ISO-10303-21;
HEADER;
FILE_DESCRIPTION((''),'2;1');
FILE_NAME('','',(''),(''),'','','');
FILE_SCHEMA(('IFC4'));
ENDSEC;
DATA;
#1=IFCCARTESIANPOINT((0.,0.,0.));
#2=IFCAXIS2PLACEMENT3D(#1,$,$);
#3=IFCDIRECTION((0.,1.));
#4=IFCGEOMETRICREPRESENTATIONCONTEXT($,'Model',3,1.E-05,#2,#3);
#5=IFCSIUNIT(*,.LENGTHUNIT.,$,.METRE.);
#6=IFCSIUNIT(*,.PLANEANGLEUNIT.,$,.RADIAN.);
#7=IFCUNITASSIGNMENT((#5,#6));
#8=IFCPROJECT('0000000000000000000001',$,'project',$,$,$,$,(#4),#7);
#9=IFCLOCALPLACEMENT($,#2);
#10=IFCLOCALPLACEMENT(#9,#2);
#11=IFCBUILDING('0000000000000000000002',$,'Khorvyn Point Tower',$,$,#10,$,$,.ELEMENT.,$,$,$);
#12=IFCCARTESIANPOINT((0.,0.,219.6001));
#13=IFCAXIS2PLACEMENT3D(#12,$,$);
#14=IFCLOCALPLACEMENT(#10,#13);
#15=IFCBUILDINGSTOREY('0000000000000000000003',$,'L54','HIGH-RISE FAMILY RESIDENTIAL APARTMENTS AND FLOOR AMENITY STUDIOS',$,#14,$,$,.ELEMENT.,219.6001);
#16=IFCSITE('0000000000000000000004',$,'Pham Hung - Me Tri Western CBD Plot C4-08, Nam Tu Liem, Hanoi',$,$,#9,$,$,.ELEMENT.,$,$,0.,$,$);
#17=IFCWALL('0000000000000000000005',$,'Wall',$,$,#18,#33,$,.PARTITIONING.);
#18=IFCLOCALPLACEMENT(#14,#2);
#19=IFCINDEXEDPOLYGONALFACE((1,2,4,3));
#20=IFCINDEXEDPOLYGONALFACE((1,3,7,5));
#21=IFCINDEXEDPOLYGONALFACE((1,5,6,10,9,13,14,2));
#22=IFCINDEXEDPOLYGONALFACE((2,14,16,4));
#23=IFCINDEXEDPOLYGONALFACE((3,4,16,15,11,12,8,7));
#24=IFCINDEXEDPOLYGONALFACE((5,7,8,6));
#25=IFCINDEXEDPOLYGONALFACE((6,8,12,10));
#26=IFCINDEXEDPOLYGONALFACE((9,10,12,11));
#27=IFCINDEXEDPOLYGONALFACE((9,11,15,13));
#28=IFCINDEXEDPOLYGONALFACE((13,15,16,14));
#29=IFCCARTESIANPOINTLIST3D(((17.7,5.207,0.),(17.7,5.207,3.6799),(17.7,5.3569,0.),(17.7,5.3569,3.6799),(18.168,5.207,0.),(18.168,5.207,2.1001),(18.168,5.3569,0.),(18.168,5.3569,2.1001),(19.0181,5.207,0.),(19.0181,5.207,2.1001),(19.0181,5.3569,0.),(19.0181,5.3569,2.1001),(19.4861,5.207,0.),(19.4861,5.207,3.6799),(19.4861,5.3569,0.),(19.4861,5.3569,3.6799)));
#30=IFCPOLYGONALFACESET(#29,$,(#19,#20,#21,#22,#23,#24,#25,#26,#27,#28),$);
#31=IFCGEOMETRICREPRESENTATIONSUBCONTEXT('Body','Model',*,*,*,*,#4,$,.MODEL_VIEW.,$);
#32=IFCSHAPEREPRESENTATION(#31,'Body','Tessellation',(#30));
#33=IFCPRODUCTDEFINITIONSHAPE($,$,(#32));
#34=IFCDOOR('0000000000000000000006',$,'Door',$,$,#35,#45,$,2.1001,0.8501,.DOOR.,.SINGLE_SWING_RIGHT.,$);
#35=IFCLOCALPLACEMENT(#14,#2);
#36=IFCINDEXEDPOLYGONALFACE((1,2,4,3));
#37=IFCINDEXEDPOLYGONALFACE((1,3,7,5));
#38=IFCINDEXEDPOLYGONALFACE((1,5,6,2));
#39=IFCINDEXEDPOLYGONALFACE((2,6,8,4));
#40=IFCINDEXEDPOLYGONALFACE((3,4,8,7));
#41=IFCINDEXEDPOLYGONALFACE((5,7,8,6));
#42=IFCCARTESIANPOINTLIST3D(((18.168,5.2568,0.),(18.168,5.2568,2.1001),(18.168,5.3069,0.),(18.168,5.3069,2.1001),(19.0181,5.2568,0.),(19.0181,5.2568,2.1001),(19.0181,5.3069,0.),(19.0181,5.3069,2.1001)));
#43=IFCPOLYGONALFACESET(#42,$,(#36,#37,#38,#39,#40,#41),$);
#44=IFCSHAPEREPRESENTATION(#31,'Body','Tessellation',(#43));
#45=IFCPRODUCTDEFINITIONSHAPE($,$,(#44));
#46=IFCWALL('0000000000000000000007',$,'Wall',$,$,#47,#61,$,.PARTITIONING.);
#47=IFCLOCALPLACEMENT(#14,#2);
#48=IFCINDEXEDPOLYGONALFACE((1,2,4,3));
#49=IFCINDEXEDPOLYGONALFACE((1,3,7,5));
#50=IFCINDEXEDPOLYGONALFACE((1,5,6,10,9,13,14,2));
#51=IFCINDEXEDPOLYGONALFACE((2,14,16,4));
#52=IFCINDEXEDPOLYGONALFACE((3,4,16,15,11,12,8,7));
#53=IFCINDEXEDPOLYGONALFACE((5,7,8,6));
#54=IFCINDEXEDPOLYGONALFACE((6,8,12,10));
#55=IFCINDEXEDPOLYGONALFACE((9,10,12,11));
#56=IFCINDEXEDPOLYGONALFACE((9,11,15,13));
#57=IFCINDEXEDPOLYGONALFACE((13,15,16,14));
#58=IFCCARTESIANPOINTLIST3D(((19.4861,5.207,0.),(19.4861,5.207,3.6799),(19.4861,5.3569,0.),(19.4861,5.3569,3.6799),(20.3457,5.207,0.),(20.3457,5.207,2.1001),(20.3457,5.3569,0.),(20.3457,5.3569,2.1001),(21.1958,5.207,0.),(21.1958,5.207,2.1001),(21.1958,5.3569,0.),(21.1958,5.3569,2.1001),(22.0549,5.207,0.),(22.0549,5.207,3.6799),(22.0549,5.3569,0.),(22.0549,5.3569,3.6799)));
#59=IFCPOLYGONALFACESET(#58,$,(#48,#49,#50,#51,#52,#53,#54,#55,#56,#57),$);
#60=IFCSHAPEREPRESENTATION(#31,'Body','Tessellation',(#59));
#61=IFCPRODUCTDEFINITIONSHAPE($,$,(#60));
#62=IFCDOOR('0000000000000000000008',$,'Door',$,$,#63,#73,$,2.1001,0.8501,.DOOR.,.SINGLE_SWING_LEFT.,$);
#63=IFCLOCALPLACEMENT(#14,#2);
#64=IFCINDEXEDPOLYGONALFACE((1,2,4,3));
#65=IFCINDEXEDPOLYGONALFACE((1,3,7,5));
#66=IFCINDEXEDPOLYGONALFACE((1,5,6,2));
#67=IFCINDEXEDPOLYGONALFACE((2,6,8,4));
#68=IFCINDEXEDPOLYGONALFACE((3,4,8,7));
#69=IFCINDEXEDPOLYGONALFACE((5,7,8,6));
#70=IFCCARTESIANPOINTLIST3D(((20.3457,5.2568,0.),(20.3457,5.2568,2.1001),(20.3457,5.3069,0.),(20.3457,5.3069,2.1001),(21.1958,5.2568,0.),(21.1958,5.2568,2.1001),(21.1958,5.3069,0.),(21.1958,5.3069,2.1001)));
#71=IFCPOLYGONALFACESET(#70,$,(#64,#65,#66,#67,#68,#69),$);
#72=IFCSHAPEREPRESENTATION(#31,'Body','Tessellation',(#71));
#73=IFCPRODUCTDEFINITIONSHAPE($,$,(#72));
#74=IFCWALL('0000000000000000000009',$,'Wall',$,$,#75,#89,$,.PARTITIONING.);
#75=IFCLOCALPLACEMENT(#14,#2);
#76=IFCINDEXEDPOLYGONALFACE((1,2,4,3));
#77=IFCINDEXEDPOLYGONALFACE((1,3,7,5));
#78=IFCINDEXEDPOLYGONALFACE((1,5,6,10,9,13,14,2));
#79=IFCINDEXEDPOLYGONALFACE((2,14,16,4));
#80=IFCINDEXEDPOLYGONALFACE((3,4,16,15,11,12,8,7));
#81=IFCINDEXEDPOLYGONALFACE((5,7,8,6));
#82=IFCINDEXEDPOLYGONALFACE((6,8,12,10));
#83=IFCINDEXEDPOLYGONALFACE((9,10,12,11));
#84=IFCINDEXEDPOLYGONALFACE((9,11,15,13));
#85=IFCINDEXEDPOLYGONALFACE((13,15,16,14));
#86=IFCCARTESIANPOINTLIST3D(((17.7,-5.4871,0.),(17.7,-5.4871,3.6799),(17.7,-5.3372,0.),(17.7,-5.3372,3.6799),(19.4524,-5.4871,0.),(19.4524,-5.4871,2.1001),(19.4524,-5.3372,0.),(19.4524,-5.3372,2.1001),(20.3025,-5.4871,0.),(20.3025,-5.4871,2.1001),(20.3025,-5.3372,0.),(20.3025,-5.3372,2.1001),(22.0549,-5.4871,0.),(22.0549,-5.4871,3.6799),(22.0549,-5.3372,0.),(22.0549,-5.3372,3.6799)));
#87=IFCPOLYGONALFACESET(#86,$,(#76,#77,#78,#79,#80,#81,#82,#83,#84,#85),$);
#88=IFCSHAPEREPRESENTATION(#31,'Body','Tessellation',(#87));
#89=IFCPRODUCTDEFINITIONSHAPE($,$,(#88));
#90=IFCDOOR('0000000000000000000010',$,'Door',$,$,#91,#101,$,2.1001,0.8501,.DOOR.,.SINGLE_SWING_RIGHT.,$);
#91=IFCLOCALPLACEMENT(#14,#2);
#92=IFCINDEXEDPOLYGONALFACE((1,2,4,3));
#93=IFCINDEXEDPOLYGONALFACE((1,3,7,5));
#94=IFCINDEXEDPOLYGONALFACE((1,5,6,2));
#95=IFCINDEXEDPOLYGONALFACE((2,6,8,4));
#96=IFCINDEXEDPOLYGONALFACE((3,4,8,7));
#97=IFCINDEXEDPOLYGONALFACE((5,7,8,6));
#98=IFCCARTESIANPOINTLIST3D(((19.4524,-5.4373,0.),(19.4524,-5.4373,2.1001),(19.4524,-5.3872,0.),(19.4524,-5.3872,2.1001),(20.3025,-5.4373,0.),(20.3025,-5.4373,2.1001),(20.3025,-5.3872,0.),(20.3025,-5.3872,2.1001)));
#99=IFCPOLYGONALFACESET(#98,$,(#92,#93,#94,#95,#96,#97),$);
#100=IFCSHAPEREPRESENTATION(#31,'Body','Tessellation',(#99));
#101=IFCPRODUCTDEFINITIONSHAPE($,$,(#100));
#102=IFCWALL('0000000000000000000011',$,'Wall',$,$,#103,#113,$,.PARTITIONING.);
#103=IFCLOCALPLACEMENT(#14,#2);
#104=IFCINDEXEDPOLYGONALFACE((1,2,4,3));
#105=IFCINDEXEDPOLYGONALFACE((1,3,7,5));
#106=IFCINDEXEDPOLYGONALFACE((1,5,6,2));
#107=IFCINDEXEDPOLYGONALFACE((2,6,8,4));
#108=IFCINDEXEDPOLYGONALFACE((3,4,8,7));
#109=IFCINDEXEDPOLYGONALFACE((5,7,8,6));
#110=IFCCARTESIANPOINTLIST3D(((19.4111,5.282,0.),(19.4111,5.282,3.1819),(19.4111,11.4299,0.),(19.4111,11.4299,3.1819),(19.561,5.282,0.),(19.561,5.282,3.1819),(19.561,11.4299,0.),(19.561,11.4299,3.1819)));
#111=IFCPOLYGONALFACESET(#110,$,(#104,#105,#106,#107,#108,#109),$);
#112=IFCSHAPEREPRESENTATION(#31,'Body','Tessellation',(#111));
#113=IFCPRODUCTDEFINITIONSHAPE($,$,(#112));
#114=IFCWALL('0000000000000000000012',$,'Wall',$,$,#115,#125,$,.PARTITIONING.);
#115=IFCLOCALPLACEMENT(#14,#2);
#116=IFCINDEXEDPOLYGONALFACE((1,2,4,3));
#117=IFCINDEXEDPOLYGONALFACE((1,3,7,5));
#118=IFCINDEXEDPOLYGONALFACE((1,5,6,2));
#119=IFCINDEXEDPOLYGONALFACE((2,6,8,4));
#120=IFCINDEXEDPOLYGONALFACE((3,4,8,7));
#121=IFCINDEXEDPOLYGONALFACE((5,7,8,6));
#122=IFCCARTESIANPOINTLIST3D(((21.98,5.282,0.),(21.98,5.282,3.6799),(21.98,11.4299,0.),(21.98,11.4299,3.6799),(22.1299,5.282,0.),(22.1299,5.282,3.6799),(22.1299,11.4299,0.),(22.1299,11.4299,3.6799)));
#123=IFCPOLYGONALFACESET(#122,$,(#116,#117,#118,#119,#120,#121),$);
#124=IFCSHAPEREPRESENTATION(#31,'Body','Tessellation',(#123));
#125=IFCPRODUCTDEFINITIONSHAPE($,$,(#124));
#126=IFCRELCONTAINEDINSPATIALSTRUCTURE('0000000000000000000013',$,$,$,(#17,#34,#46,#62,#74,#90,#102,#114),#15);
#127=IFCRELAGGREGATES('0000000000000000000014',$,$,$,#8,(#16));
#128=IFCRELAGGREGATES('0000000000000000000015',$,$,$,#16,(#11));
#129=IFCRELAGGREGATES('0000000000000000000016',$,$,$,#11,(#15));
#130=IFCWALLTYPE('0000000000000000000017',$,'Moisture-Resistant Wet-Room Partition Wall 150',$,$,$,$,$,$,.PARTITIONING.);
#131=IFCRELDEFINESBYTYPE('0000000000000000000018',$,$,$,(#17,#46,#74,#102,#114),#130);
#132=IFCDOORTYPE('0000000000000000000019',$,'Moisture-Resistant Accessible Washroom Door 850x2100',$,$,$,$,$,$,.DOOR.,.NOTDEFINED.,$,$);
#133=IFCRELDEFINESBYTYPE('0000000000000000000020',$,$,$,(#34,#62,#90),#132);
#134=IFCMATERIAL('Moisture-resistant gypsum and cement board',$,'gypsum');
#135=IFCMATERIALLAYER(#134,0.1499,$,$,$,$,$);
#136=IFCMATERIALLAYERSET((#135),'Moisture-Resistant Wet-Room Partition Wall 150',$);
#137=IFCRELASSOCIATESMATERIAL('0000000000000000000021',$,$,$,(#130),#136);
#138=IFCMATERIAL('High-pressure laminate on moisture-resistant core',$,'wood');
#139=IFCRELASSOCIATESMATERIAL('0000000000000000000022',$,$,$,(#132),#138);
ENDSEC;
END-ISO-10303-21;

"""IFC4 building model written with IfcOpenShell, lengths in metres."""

from ifc_helpers import new_model, si_unit, direction, frame, frame_2d, origin, place, context, subcontext, project, spatial, rectangle, extrude, material, layer, layer_set, type_object, element, fill, save


model = new_model("IFC4")

# Units and contexts
model_context = context("Model", 3, precision=1e-05, world=origin(), true_north=direction((0.0, 1.0)))
body_context = subcontext(model_context, "Body", "Model", "MODEL_VIEW")
ifc_project = project(units=[si_unit("LENGTHUNIT", "METRE"), si_unit("PLANEANGLEUNIT", "RADIAN")], contexts=[model_context])

# Site, building, storey
site_placement = place(None, origin())
site = spatial("IfcSite", under=ifc_project, at=site_placement, Name="Pham Hung - Me Tri Western CBD Plot C4-08, Nam Tu Liem, Hanoi", CompositionType="ELEMENT", RefElevation=0.0)
building_placement = place(site_placement, origin())
building = spatial("IfcBuilding", under=site, at=building_placement, Name="Khorvyn Point Tower", CompositionType="ELEMENT")
storey_placement = place(building_placement, frame((0.0, 0.0, 219.6001)))
storey = spatial("IfcBuildingStorey", under=building, at=storey_placement, Name="L54", Description="HIGH-RISE FAMILY RESIDENTIAL APARTMENTS AND FLOOR AMENITY STUDIOS", CompositionType="ELEMENT", Elevation=219.6001)

# Walls, openings, doors
ifc_material_1 = material(Name="Moisture-resistant gypsum and cement board", Category="gypsum")
ifc_layer_1 = layer(ifc_material_1, 0.1499)
ifc_layer_set_1 = layer_set([ifc_layer_1], Name="Moisture-Resistant Wet-Room Partition Wall 150")
wall_type_1 = type_object("IfcWallType", Name="Moisture-Resistant Wet-Room Partition Wall 150", PredefinedType="PARTITIONING", material=ifc_layer_set_1)
wall_1_placement = place(storey_placement, frame((17.7, 5.282, 0.0), z_axis=(0.0, 0.0, 1.0), x_axis=(1.0, 0.0, 0.0)))
wall_1 = element("IfcWall", 1, at=wall_1_placement, inside=storey, type_object=wall_type_1, Name="Wall", PredefinedType="PARTITIONING", context=body_context, shape_type="SweptSolid", body=[
    extrude(rectangle(XDim=1.7861, YDim=0.1499, at=frame_2d((0.8931, 0.0))), origin(), (0.0, 0.0, 1.0), 3.6799),
])
opening_1_placement = place(wall_1_placement, frame((0.468, 0.0, 0.0)))
opening_1 = element("IfcOpeningElement", 2, at=opening_1_placement, cuts=wall_1, PredefinedType="OPENING", context=body_context, shape_type="SweptSolid", body=[
    extrude(rectangle(XDim=0.8501, YDim=2.1001, at=frame_2d((0.425, 1.05))), frame((0.0, 0.085, 0.0), z_axis=(0.0, -1.0, 0.0), x_axis=(1.0, 0.0, 0.0)), (0.0, 0.0, 1.0), 0.1699),
])
ifc_material_2 = material(Name="High-pressure laminate on moisture-resistant core", Category="wood")
door_type_1 = type_object("IfcDoorType", Name="Moisture-Resistant Accessible Washroom Door 850x2100", OperationType="NOTDEFINED", PredefinedType="DOOR", material=ifc_material_2)
door_1_placement = place(opening_1_placement, origin())
door_1 = element("IfcDoor", 3, at=door_1_placement, inside=storey, type_object=door_type_1, Name="Door", OperationType="SINGLE_SWING_RIGHT", OverallHeight=2.1001, OverallWidth=0.8501, PredefinedType="DOOR", context=body_context, shape_type="SweptSolid", body=[
    extrude(rectangle(XDim=0.8501, YDim=2.1001, at=frame_2d((0.425, 1.05))), frame((0.0, 0.0249, 0.0), z_axis=(0.0, -1.0, 0.0), x_axis=(1.0, 0.0, 0.0)), (0.0, 0.0, 1.0), 0.05),
])
fill(opening_1, door_1)
wall_2_placement = place(storey_placement, frame((19.4861, 5.282, 0.0), z_axis=(0.0, 0.0, 1.0), x_axis=(1.0, 0.0, 0.0)))
wall_2 = element("IfcWall", 4, at=wall_2_placement, inside=storey, type_object=wall_type_1, Name="Wall", PredefinedType="PARTITIONING", context=body_context, shape_type="SweptSolid", body=[
    extrude(rectangle(XDim=2.5688, YDim=0.1499, at=frame_2d((1.2844, 0.0))), origin(), (0.0, 0.0, 1.0), 3.6799),
])
opening_2_placement = place(wall_2_placement, frame((0.8596, 0.0, 0.0)))
opening_2 = element("IfcOpeningElement", 5, at=opening_2_placement, cuts=wall_2, PredefinedType="OPENING", context=body_context, shape_type="SweptSolid", body=[
    extrude(rectangle(XDim=0.8501, YDim=2.1001, at=frame_2d((0.425, 1.05))), frame((0.0, 0.085, 0.0), z_axis=(0.0, -1.0, 0.0), x_axis=(1.0, 0.0, 0.0)), (0.0, 0.0, 1.0), 0.1699),
])
door_2_placement = place(opening_2_placement, origin())
door_2 = element("IfcDoor", 6, at=door_2_placement, inside=storey, type_object=door_type_1, Name="Door", OperationType="SINGLE_SWING_LEFT", OverallHeight=2.1001, OverallWidth=0.8501, PredefinedType="DOOR", context=body_context, shape_type="SweptSolid", body=[
    extrude(rectangle(XDim=0.8501, YDim=2.1001, at=frame_2d((0.425, 1.05))), frame((0.0, 0.0249, 0.0), z_axis=(0.0, -1.0, 0.0), x_axis=(1.0, 0.0, 0.0)), (0.0, 0.0, 1.0), 0.05),
])
fill(opening_2, door_2)
wall_3_placement = place(storey_placement, frame((17.7, -5.4121, 0.0), z_axis=(0.0, 0.0, 1.0), x_axis=(1.0, 0.0, 0.0)))
wall_3 = element("IfcWall", 7, at=wall_3_placement, inside=storey, type_object=wall_type_1, Name="Wall", PredefinedType="PARTITIONING", context=body_context, shape_type="SweptSolid", body=[
    extrude(rectangle(XDim=4.355, YDim=0.1499, at=frame_2d((2.1775, 0.0))), origin(), (0.0, 0.0, 1.0), 3.6799),
])
opening_3_placement = place(wall_3_placement, frame((1.7524, 0.0, 0.0)))
opening_3 = element("IfcOpeningElement", 8, at=opening_3_placement, cuts=wall_3, PredefinedType="OPENING", context=body_context, shape_type="SweptSolid", body=[
    extrude(rectangle(XDim=0.8501, YDim=2.1001, at=frame_2d((0.425, 1.05))), frame((0.0, 0.085, 0.0), z_axis=(0.0, -1.0, 0.0), x_axis=(1.0, 0.0, 0.0)), (0.0, 0.0, 1.0), 0.1699),
])
door_3_placement = place(opening_3_placement, origin())
door_3 = element("IfcDoor", 9, at=door_3_placement, inside=storey, type_object=door_type_1, Name="Door", OperationType="SINGLE_SWING_RIGHT", OverallHeight=2.1001, OverallWidth=0.8501, PredefinedType="DOOR", context=body_context, shape_type="SweptSolid", body=[
    extrude(rectangle(XDim=0.8501, YDim=2.1001, at=frame_2d((0.425, 1.05))), frame((0.0, 0.0249, 0.0), z_axis=(0.0, -1.0, 0.0), x_axis=(1.0, 0.0, 0.0)), (0.0, 0.0, 1.0), 0.05),
])
fill(opening_3, door_3)

# Walls
wall_4_placement = place(storey_placement, frame((19.4861, 5.282, 0.0), z_axis=(0.0, 0.0, 1.0), x_axis=(0.0, 1.0, 0.0)))
element("IfcWall", 10, at=wall_4_placement, inside=storey, type_object=wall_type_1, Name="Wall", PredefinedType="PARTITIONING", context=body_context, shape_type="SweptSolid", body=[
    extrude(rectangle(XDim=6.1479, YDim=0.1499, at=frame_2d((3.074, 0.0))), origin(), (0.0, 0.0, 1.0), 3.1819),
])
wall_5_placement = place(storey_placement, frame((22.0549, 5.282, 0.0), z_axis=(0.0, 0.0, 1.0), x_axis=(0.0, 1.0, 0.0)))
element("IfcWall", 11, at=wall_5_placement, inside=storey, type_object=wall_type_1, Name="Wall", PredefinedType="PARTITIONING", context=body_context, shape_type="SweptSolid", body=[
    extrude(rectangle(XDim=6.1479, YDim=0.1499, at=frame_2d((3.074, 0.0))), origin(), (0.0, 0.0, 1.0), 3.6799),
])

save(model, "model.ifc")
